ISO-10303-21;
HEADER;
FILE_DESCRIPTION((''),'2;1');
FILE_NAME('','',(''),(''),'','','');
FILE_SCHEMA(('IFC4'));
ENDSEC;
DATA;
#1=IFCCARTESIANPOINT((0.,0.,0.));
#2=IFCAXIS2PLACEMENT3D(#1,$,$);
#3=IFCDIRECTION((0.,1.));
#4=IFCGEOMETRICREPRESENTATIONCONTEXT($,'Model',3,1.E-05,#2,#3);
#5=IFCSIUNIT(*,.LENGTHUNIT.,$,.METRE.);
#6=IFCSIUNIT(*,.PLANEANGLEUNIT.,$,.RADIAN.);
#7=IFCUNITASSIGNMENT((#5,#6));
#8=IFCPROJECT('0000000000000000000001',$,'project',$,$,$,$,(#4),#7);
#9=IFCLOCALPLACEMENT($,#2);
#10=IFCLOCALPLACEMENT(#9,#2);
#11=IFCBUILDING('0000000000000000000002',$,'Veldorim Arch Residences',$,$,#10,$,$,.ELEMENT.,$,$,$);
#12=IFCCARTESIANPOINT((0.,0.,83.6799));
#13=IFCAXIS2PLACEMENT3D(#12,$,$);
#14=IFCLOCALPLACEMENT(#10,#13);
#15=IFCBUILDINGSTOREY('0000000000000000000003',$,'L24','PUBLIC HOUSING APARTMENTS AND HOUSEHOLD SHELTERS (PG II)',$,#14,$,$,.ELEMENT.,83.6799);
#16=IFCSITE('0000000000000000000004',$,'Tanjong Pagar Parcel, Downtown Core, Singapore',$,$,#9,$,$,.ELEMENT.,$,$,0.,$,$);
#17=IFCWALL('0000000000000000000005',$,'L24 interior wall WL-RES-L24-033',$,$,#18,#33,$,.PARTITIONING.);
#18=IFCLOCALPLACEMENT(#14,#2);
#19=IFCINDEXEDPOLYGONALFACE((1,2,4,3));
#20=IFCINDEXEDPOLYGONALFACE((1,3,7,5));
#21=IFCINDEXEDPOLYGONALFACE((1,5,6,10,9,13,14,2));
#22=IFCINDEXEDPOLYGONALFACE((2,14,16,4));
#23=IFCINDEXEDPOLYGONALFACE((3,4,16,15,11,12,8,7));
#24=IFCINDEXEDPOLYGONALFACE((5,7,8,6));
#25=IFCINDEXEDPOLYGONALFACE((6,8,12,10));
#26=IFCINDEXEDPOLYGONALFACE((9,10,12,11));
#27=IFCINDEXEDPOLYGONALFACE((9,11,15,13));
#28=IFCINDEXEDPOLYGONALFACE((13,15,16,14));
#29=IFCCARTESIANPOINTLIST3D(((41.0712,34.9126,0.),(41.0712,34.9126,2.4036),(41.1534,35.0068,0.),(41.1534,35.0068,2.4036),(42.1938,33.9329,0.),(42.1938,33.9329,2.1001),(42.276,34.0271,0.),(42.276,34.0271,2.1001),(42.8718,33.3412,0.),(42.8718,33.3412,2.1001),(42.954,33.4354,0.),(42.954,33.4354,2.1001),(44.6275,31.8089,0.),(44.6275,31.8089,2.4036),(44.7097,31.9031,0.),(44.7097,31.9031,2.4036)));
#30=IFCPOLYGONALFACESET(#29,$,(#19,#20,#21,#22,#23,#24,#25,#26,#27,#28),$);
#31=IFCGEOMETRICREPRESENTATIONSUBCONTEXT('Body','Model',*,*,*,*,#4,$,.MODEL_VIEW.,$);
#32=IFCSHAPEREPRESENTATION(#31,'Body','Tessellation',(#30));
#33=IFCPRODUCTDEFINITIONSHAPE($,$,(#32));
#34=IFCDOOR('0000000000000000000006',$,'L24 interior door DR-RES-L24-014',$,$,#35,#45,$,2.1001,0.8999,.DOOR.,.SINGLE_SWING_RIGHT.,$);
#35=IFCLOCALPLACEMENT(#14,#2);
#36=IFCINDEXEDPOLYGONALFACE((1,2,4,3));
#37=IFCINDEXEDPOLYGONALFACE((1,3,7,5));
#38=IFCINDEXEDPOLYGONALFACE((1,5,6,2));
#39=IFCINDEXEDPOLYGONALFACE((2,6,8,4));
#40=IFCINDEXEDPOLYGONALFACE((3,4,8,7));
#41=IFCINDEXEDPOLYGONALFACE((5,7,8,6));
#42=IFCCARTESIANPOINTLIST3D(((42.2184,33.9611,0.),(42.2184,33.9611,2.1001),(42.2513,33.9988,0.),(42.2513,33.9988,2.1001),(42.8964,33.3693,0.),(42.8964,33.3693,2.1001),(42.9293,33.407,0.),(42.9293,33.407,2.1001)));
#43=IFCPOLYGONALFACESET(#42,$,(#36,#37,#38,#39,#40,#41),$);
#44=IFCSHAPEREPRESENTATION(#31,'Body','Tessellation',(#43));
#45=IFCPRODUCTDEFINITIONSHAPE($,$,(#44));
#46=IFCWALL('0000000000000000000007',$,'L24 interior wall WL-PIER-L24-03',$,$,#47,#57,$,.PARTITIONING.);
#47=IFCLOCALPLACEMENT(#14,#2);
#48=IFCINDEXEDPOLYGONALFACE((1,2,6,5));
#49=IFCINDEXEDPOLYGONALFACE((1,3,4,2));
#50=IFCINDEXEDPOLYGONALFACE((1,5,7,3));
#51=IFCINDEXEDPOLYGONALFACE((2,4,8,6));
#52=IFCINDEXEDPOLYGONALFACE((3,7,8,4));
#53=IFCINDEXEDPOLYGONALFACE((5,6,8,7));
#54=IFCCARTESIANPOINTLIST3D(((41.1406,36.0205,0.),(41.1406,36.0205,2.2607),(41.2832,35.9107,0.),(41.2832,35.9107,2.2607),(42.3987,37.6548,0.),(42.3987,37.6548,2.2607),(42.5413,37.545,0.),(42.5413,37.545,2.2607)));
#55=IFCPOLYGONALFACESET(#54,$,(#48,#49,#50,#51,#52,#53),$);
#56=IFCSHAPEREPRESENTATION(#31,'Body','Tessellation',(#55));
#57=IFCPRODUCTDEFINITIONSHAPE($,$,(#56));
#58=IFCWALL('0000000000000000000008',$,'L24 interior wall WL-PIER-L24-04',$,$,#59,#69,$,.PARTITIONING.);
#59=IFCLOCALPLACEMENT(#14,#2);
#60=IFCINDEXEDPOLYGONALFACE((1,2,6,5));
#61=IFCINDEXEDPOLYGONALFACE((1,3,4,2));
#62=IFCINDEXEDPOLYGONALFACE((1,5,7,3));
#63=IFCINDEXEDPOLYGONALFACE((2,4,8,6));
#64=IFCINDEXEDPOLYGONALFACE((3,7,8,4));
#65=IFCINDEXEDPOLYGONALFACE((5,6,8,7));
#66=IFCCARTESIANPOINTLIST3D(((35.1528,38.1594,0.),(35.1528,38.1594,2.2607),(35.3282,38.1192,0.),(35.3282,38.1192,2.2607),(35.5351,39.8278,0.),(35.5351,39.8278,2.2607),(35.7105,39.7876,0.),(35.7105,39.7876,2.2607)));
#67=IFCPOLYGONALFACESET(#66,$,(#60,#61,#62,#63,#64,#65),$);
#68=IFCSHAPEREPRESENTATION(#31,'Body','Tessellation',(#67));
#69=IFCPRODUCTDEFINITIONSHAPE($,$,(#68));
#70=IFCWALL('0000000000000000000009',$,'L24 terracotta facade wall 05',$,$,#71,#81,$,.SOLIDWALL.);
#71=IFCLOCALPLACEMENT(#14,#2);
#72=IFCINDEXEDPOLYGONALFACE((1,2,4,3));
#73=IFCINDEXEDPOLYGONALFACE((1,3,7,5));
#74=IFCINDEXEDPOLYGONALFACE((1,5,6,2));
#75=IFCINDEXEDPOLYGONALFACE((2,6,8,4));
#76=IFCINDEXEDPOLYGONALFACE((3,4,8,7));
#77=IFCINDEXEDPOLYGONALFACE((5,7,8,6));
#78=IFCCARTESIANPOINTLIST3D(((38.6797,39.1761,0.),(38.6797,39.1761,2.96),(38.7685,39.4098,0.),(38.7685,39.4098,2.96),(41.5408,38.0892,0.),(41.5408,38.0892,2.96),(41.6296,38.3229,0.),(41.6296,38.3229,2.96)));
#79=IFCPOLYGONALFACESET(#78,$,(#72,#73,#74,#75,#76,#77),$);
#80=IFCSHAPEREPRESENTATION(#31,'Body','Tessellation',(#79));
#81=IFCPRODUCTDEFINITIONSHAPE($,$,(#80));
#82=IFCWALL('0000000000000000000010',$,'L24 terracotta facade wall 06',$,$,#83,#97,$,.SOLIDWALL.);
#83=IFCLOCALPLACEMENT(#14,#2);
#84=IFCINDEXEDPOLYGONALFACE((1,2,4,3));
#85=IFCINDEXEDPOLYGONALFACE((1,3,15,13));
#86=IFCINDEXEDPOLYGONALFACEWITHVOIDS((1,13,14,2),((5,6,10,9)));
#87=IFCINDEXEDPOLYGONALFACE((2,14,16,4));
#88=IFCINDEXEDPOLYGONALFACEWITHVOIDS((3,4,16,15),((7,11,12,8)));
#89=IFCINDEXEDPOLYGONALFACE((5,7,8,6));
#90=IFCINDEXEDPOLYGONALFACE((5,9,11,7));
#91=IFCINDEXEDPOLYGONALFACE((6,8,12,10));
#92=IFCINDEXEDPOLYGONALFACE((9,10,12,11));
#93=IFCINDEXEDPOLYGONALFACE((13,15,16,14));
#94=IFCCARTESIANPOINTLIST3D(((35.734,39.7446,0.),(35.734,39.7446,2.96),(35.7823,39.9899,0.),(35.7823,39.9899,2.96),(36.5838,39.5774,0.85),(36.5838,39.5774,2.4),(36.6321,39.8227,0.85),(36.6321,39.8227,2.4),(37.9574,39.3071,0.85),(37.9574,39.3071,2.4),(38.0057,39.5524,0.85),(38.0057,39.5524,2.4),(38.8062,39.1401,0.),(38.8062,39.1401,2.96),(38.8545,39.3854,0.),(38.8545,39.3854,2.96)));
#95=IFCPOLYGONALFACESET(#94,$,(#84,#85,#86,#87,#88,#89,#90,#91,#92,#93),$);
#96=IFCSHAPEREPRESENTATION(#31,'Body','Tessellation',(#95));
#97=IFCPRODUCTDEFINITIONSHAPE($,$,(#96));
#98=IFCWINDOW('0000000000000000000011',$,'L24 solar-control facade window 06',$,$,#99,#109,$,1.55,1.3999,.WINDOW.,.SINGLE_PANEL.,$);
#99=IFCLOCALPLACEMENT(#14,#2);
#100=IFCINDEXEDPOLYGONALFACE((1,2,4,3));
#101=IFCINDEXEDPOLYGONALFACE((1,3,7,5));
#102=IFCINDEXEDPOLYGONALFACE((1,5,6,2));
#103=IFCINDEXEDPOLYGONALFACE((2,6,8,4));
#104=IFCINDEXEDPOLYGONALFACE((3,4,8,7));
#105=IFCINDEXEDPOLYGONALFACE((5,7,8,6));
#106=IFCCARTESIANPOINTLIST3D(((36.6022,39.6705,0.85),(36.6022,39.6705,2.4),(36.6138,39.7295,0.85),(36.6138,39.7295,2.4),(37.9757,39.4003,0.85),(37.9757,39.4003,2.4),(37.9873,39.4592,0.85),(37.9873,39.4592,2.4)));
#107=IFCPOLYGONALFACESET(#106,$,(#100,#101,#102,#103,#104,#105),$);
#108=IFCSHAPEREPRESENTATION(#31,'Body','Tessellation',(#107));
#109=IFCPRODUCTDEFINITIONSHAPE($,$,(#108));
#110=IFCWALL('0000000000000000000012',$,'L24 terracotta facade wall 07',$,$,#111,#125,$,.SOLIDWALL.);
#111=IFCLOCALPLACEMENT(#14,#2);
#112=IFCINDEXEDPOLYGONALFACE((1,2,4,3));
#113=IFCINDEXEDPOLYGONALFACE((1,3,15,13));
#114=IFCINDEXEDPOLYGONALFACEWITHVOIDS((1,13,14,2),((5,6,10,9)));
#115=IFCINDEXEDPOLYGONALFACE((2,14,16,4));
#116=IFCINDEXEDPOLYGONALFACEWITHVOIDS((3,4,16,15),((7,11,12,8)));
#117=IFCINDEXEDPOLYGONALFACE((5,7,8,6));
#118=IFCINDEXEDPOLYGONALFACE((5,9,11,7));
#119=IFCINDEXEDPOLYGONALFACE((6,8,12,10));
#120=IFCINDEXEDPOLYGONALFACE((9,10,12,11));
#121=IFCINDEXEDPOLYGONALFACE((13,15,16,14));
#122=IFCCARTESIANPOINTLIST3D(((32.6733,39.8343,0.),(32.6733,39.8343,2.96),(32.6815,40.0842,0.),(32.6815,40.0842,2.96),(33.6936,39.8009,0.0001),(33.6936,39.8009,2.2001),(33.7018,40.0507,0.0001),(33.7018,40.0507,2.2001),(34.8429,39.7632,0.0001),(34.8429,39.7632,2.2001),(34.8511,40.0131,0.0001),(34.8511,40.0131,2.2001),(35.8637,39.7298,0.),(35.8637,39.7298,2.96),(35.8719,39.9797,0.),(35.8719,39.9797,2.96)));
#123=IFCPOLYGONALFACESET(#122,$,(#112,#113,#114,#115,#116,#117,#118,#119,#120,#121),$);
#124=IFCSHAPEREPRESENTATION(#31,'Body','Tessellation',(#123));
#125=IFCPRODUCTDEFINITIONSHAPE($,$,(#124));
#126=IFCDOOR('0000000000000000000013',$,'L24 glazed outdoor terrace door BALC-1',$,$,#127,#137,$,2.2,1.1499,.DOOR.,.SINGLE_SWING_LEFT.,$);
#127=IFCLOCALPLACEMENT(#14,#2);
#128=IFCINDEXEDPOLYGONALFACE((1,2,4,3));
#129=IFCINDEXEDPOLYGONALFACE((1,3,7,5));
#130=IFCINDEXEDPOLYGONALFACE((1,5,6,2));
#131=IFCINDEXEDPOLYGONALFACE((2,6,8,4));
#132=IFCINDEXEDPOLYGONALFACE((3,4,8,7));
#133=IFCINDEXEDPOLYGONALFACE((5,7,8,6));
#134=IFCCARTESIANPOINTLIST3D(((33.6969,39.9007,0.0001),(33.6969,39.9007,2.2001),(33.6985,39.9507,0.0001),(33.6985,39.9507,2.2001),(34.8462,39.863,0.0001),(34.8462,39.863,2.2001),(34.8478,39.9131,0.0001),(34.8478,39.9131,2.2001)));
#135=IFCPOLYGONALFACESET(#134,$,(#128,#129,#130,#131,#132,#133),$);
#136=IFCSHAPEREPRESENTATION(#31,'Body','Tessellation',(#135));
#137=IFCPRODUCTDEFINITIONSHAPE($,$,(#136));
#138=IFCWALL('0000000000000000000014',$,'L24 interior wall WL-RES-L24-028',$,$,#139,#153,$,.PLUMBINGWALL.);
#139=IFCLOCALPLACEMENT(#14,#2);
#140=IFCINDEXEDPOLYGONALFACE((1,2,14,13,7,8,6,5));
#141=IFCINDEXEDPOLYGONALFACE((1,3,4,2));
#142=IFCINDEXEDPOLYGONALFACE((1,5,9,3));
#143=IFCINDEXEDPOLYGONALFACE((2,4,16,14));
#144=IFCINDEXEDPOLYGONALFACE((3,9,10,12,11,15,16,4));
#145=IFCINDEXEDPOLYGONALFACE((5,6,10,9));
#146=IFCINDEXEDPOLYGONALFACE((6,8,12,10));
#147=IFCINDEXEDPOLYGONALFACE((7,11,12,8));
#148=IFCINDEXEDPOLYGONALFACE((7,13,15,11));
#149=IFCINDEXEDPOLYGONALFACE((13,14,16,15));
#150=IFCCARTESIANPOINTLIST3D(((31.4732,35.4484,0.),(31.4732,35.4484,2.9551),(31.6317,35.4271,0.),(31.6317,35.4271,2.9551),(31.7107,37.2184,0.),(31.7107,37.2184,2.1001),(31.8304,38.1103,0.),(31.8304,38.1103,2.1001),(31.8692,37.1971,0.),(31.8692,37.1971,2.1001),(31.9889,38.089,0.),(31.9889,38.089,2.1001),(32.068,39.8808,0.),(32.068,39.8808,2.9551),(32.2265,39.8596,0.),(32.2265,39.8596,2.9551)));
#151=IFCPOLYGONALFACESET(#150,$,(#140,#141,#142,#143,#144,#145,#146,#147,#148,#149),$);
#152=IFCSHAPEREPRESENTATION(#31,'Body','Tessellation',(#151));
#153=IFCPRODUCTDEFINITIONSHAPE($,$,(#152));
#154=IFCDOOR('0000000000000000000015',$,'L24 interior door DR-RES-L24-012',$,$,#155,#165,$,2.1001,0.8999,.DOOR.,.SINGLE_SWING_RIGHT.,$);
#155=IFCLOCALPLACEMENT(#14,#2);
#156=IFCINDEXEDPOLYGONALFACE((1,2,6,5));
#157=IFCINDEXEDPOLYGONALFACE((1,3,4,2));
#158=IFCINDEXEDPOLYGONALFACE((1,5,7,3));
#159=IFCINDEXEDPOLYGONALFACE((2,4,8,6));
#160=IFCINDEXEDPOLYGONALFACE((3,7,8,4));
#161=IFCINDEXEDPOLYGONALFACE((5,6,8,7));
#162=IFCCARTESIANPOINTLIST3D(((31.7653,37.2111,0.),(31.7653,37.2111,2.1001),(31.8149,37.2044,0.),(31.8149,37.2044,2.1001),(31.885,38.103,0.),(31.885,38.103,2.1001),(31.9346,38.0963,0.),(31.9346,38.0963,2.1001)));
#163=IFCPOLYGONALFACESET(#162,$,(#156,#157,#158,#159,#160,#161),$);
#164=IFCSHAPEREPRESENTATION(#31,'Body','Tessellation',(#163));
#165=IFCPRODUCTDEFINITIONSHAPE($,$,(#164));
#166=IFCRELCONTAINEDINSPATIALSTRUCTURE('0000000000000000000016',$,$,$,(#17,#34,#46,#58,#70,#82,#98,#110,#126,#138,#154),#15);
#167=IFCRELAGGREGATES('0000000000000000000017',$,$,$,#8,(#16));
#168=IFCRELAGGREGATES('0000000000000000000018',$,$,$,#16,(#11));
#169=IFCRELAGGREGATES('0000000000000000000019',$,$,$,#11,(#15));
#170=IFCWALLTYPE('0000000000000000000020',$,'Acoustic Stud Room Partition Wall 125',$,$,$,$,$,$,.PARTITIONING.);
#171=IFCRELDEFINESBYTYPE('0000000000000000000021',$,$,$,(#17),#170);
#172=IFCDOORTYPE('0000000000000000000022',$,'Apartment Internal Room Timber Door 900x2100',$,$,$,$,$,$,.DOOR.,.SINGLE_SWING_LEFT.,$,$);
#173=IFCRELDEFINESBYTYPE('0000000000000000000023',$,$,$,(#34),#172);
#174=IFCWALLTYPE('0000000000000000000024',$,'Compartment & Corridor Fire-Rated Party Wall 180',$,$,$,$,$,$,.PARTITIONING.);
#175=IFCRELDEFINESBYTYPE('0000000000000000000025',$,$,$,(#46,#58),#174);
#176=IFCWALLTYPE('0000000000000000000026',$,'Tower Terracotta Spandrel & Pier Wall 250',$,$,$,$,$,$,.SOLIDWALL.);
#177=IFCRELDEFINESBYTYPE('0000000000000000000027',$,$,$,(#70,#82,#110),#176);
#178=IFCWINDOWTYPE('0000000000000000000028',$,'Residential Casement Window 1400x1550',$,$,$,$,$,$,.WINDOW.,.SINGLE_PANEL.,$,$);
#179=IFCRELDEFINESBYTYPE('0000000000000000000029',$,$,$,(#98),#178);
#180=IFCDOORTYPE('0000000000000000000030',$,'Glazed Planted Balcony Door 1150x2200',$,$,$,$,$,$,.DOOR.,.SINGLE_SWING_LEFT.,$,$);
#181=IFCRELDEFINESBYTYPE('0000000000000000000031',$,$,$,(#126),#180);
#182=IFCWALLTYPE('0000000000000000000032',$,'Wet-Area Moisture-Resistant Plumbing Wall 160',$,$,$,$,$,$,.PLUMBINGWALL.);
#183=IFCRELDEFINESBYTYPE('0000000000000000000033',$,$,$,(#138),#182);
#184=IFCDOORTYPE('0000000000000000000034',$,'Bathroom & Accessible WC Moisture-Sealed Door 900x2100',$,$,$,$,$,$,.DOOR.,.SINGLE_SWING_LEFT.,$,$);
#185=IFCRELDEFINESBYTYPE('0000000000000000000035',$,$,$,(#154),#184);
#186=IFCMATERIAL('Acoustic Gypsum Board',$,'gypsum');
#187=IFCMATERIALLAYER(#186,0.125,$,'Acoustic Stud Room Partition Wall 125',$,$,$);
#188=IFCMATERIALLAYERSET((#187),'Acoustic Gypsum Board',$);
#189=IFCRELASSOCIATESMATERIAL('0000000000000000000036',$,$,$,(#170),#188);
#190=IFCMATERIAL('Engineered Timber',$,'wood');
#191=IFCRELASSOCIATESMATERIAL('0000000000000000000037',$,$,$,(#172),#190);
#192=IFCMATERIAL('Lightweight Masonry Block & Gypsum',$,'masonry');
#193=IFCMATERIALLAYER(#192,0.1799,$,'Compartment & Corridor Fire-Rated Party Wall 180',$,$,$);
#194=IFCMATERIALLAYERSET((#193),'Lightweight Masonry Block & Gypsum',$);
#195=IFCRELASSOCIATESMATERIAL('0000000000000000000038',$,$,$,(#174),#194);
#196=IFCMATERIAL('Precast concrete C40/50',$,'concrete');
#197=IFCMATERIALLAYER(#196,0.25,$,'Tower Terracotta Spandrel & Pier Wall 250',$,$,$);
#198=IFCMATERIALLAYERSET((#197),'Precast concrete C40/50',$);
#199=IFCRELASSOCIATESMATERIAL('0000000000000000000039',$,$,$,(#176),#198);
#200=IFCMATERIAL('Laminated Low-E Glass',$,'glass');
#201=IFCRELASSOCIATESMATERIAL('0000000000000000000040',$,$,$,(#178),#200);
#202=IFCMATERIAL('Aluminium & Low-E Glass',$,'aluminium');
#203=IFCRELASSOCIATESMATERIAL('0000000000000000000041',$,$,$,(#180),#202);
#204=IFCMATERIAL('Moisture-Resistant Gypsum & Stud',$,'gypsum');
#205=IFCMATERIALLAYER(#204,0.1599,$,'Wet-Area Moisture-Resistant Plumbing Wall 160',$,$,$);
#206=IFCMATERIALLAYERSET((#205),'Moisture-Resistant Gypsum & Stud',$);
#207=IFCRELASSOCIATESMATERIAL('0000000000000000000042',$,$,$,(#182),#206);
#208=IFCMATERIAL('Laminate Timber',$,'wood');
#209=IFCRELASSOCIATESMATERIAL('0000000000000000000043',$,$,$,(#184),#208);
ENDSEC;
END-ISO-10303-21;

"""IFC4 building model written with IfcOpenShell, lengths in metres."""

from ifc_helpers import new_model, si_unit, direction, frame, frame_2d, origin, place, context, subcontext, project, spatial, rectangle, extrude, material, layer, layer_set, type_object, element, fill, save


model = new_model("IFC4")

# Units and contexts
model_context = context("Model", 3, precision=1e-05, world=origin(), true_north=direction((0.0, 1.0)))
body_context = subcontext(model_context, "Body", "Model", "MODEL_VIEW")
ifc_project = project(units=[si_unit("LENGTHUNIT", "METRE"), si_unit("PLANEANGLEUNIT", "RADIAN")], contexts=[model_context])

# Site, building, storey
site_placement = place(None, origin())
site = spatial("IfcSite", under=ifc_project, at=site_placement, Name="Tanjong Pagar Parcel, Downtown Core, Singapore", CompositionType="ELEMENT", RefElevation=0.0)
building_placement = place(site_placement, origin())
building = spatial("IfcBuilding", under=site, at=building_placement, Name="Veldorim Arch Residences", CompositionType="ELEMENT")
storey_placement = place(building_placement, frame((0.0, 0.0, 83.6799)))
storey = spatial("IfcBuildingStorey", under=building, at=storey_placement, Name="L24", Description="PUBLIC HOUSING APARTMENTS AND HOUSEHOLD SHELTERS (PG II)", CompositionType="ELEMENT", Elevation=83.6799)

# Wall, opening, door
ifc_material_1 = material(Name="Acoustic Gypsum Board", Category="gypsum")
ifc_layer_1 = layer(ifc_material_1, 0.125, Name="Acoustic Stud Room Partition Wall 125")
ifc_layer_set_1 = layer_set([ifc_layer_1], Name="Acoustic Gypsum Board")
wall_type_1 = type_object("IfcWallType", Name="Acoustic Stud Room Partition Wall 125", PredefinedType="PARTITIONING", material=ifc_layer_set_1)
ifc_material_2 = material(Name="Engineered Timber", Category="wood")
door_type_1 = type_object("IfcDoorType", Name="Apartment Internal Room Timber Door 900x2100", OperationType="SINGLE_SWING_LEFT", PredefinedType="DOOR", material=ifc_material_2)
wall_1_placement = place(storey_placement, frame((41.1123, 34.9597, 0.0), z_axis=(0.0, 0.0, 1.0), x_axis=(0.753425, -0.657534, 0.0)))
wall_1 = element("IfcWall", 1, at=wall_1_placement, inside=storey, type_object=wall_type_1, Name="L24 interior wall WL-RES-L24-033", PredefinedType="PARTITIONING", context=body_context, shape_type="SweptSolid", body=[
    extrude(rectangle(XDim=4.7202, YDim=0.125, at=frame_2d((2.3601, 0.0))), origin(), (0.0, 0.0, 1.0), 2.4036),
])
opening_1_placement = place(wall_1_placement, frame((1.49, 0.0, 0.0)))
opening_1 = element("IfcOpeningElement", 2, at=opening_1_placement, cuts=wall_1, PredefinedType="OPENING", context=body_context, shape_type="SweptSolid", body=[
    extrude(rectangle(XDim=0.8999, YDim=2.1001, at=frame_2d((0.45, 1.05))), frame((0.0, 0.0725, 0.0), z_axis=(0.0, -1.0, 0.0), x_axis=(1.0, 0.0, 0.0)), (0.0, 0.0, 1.0), 0.145),
])
door_1_placement = place(opening_1_placement, origin())
door_1 = element("IfcDoor", 3, at=door_1_placement, inside=storey, type_object=door_type_1, Name="L24 interior door DR-RES-L24-014", OperationType="SINGLE_SWING_RIGHT", OverallHeight=2.1001, OverallWidth=0.8999, PredefinedType="DOOR", context=body_context, shape_type="SweptSolid", body=[
    extrude(rectangle(XDim=0.8999, YDim=2.1001, at=frame_2d((0.45, 1.05))), frame((0.0, 0.0249, 0.0), z_axis=(0.0, -1.0, 0.0), x_axis=(1.0, 0.0, 0.0)), (0.0, 0.0, 1.0), 0.05),
])
fill(opening_1, door_1)

# Walls
ifc_material_3 = material(Name="Lightweight Masonry Block & Gypsum", Category="masonry")
ifc_layer_2 = layer(ifc_material_3, 0.1799, Name="Compartment & Corridor Fire-Rated Party Wall 180")
ifc_layer_set_2 = layer_set([ifc_layer_2], Name="Lightweight Masonry Block & Gypsum")
wall_type_2 = type_object("IfcWallType", Name="Compartment & Corridor Fire-Rated Party Wall 180", PredefinedType="PARTITIONING", material=ifc_layer_set_2)
wall_2_placement = place(storey_placement, frame((41.2119, 35.9656, 0.0), z_axis=(0.0, 0.0, 1.0), x_axis=(0.609991, 0.792408, 0.0)))
element("IfcWall", 4, at=wall_2_placement, inside=storey, type_object=wall_type_2, Name="L24 interior wall WL-PIER-L24-03", PredefinedType="PARTITIONING", context=body_context, shape_type="SweptSolid", body=[
    extrude(rectangle(XDim=2.0625, YDim=0.1799, at=frame_2d((1.0312, 0.0))), origin(), (0.0, 0.0, 1.0), 2.2607),
])
wall_3_placement = place(storey_placement, frame((35.2405, 38.1392, 0.0), z_axis=(0.0, 0.0, 1.0), x_axis=(0.223359, 0.974736, 0.0)))
element("IfcWall", 5, at=wall_3_placement, inside=storey, type_object=wall_type_2, Name="L24 interior wall WL-PIER-L24-04", PredefinedType="PARTITIONING", context=body_context, shape_type="SweptSolid", body=[
    extrude(rectangle(XDim=1.7117, YDim=0.1799, at=frame_2d((0.856, 0.0))), origin(), (0.0, 0.0, 1.0), 2.2607),
])
ifc_material_4 = material(Name="Precast concrete C40/50", Category="concrete")
ifc_layer_3 = layer(ifc_material_4, 0.25, Name="Tower Terracotta Spandrel & Pier Wall 250")
ifc_layer_set_3 = layer_set([ifc_layer_3], Name="Precast concrete C40/50")
wall_type_3 = type_object("IfcWallType", Name="Tower Terracotta Spandrel & Pier Wall 250", PredefinedType="SOLIDWALL", material=ifc_layer_set_3)
wall_4_placement = place(storey_placement, frame((38.7241, 39.293, 0.0), z_axis=(0.0, 0.0, 1.0), x_axis=(0.934816, -0.355133, 0.0)))
element("IfcWall", 6, at=wall_4_placement, inside=storey, type_object=wall_type_3, Name="L24 terracotta facade wall 05", PredefinedType="SOLIDWALL", context=body_context, shape_type="SweptSolid", body=[
    extrude(rectangle(XDim=3.0605, YDim=0.25, at=frame_2d((1.5303, 0.0))), origin(), (0.0, 0.0, 1.0), 2.96),
])

# Wall, opening, window
wall_5_placement = place(storey_placement, frame((35.7583, 39.8672, 0.0), z_axis=(0.0, 0.0, 1.0), x_axis=(0.981188, -0.193056, 0.0)))
wall_5 = element("IfcWall", 7, at=wall_5_placement, inside=storey, type_object=wall_type_3, Name="L24 terracotta facade wall 06", PredefinedType="SOLIDWALL", context=body_context, shape_type="SweptSolid", body=[
    extrude(rectangle(XDim=3.1311, YDim=0.25, at=frame_2d((1.5654, 0.0))), origin(), (0.0, 0.0, 1.0), 2.96),
])
opening_2_placement = place(wall_5_placement, frame((0.866, 0.0, 0.8501)))
opening_2 = element("IfcOpeningElement", 8, at=opening_2_placement, cuts=wall_5, PredefinedType="OPENING", context=body_context, shape_type="SweptSolid", body=[
    extrude(rectangle(XDim=1.3999, YDim=1.55, at=frame_2d((0.7, 0.7749))), frame((0.0, 0.135, 0.0), z_axis=(0.0, -1.0, 0.0), x_axis=(1.0, 0.0, 0.0)), (0.0, 0.0, 1.0), 0.27),
])
ifc_material_5 = material(Name="Laminated Low-E Glass", Category="glass")
window_type = type_object("IfcWindowType", Name="Residential Casement Window 1400x1550", PartitioningType="SINGLE_PANEL", PredefinedType="WINDOW", material=ifc_material_5)
window_placement = place(opening_2_placement, origin())
window = element("IfcWindow", 9, at=window_placement, inside=storey, type_object=window_type, Name="L24 solar-control facade window 06", OverallHeight=1.55, OverallWidth=1.3999, PartitioningType="SINGLE_PANEL", PredefinedType="WINDOW", context=body_context, shape_type="SweptSolid", body=[
    extrude(rectangle(XDim=1.3999, YDim=1.55, at=frame_2d((0.7, 0.7749))), frame((0.0, 0.03, 0.0), z_axis=(0.0, -1.0, 0.0), x_axis=(1.0, 0.0, 0.0)), (0.0, 0.0, 1.0), 0.0601),
])
fill(opening_2, window)

# Walls, openings, doors
wall_6_placement = place(storey_placement, frame((32.6772, 39.9592, 0.0), z_axis=(0.0, 0.0, 1.0), x_axis=(0.999464, -0.032734, 0.0)))
wall_6 = element("IfcWall", 10, at=wall_6_placement, inside=storey, type_object=wall_type_3, Name="L24 terracotta facade wall 07", PredefinedType="SOLIDWALL", context=body_context, shape_type="SweptSolid", body=[
    extrude(rectangle(XDim=3.1921, YDim=0.25, at=frame_2d((1.5962, 0.0))), origin(), (0.0, 0.0, 1.0), 2.96),
])
opening_3_placement = place(wall_6_placement, frame((1.021, 0.0, 0.0)))
opening_3 = element("IfcOpeningElement", 11, at=opening_3_placement, cuts=wall_6, PredefinedType="OPENING", context=body_context, shape_type="SweptSolid", body=[
    extrude(rectangle(XDim=1.1499, YDim=2.2, at=frame_2d((0.575, 1.1001))), frame((0.0, 0.135, 0.0), z_axis=(0.0, -1.0, 0.0), x_axis=(1.0, 0.0, 0.0)), (0.0, 0.0, 1.0), 0.27),
])
ifc_material_6 = material(Name="Aluminium & Low-E Glass", Category="aluminium")
door_type_2 = type_object("IfcDoorType", Name="Glazed Planted Balcony Door 1150x2200", OperationType="SINGLE_SWING_LEFT", PredefinedType="DOOR", material=ifc_material_6)
door_2_placement = place(opening_3_placement, origin())
door_2 = element("IfcDoor", 12, at=door_2_placement, inside=storey, type_object=door_type_2, Name="L24 glazed outdoor terrace door BALC-1", OperationType="SINGLE_SWING_LEFT", OverallHeight=2.2, OverallWidth=1.1499, PredefinedType="DOOR", context=body_context, shape_type="SweptSolid", body=[
    extrude(rectangle(XDim=1.1499, YDim=2.2, at=frame_2d((0.575, 1.1001))), frame((0.0, 0.0249, 0.0), z_axis=(0.0, -1.0, 0.0), x_axis=(1.0, 0.0, 0.0)), (0.0, 0.0, 1.0), 0.05),
])
fill(opening_3, door_2)
ifc_material_7 = material(Name="Moisture-Resistant Gypsum & Stud", Category="gypsum")
ifc_layer_4 = layer(ifc_material_7, 0.1599, Name="Wet-Area Moisture-Resistant Plumbing Wall 160")
ifc_layer_set_4 = layer_set([ifc_layer_4], Name="Moisture-Resistant Gypsum & Stud")
wall_type_4 = type_object("IfcWallType", Name="Wet-Area Moisture-Resistant Plumbing Wall 160", PredefinedType="PLUMBINGWALL", material=ifc_layer_set_4)
wall_7_placement = place(storey_placement, frame((31.5525, 35.4377, 0.0), z_axis=(0.0, 0.0, 1.0), x_axis=(0.132986, 0.991118, 0.0)))
wall_7 = element("IfcWall", 13, at=wall_7_placement, inside=storey, type_object=wall_type_4, Name="L24 interior wall WL-RES-L24-028", PredefinedType="PLUMBINGWALL", context=body_context, shape_type="SweptSolid", body=[
    extrude(rectangle(XDim=4.4722, YDim=0.1599, at=frame_2d((2.2361, 0.0))), origin(), (0.0, 0.0, 1.0), 2.9551),
])
opening_4_placement = place(wall_7_placement, frame((1.7859, 0.0, 0.0)))
opening_4 = element("IfcOpeningElement", 14, at=opening_4_placement, cuts=wall_7, PredefinedType="OPENING", context=body_context, shape_type="SweptSolid", body=[
    extrude(rectangle(XDim=0.8999, YDim=2.1001, at=frame_2d((0.45, 1.05))), frame((0.0, 0.0898, 0.0), z_axis=(0.0, -1.0, 0.0), x_axis=(1.0, 0.0, 0.0)), (0.0, 0.0, 1.0), 0.1799),
])
ifc_material_8 = material(Name="Laminate Timber", Category="wood")
door_type_3 = type_object("IfcDoorType", Name="Bathroom & Accessible WC Moisture-Sealed Door 900x2100", OperationType="SINGLE_SWING_LEFT", PredefinedType="DOOR", material=ifc_material_8)
door_3_placement = place(opening_4_placement, origin())
door_3 = element("IfcDoor", 15, at=door_3_placement, inside=storey, type_object=door_type_3, Name="L24 interior door DR-RES-L24-012", OperationType="SINGLE_SWING_RIGHT", OverallHeight=2.1001, OverallWidth=0.8999, PredefinedType="DOOR", context=body_context, shape_type="SweptSolid", body=[
    extrude(rectangle(XDim=0.8999, YDim=2.1001, at=frame_2d((0.45, 1.05))), frame((0.0, 0.0249, 0.0), z_axis=(0.0, -1.0, 0.0), x_axis=(1.0, 0.0, 0.0)), (0.0, 0.0, 1.0), 0.05),
])
fill(opening_4, door_3)

save(model, "model.ifc")
